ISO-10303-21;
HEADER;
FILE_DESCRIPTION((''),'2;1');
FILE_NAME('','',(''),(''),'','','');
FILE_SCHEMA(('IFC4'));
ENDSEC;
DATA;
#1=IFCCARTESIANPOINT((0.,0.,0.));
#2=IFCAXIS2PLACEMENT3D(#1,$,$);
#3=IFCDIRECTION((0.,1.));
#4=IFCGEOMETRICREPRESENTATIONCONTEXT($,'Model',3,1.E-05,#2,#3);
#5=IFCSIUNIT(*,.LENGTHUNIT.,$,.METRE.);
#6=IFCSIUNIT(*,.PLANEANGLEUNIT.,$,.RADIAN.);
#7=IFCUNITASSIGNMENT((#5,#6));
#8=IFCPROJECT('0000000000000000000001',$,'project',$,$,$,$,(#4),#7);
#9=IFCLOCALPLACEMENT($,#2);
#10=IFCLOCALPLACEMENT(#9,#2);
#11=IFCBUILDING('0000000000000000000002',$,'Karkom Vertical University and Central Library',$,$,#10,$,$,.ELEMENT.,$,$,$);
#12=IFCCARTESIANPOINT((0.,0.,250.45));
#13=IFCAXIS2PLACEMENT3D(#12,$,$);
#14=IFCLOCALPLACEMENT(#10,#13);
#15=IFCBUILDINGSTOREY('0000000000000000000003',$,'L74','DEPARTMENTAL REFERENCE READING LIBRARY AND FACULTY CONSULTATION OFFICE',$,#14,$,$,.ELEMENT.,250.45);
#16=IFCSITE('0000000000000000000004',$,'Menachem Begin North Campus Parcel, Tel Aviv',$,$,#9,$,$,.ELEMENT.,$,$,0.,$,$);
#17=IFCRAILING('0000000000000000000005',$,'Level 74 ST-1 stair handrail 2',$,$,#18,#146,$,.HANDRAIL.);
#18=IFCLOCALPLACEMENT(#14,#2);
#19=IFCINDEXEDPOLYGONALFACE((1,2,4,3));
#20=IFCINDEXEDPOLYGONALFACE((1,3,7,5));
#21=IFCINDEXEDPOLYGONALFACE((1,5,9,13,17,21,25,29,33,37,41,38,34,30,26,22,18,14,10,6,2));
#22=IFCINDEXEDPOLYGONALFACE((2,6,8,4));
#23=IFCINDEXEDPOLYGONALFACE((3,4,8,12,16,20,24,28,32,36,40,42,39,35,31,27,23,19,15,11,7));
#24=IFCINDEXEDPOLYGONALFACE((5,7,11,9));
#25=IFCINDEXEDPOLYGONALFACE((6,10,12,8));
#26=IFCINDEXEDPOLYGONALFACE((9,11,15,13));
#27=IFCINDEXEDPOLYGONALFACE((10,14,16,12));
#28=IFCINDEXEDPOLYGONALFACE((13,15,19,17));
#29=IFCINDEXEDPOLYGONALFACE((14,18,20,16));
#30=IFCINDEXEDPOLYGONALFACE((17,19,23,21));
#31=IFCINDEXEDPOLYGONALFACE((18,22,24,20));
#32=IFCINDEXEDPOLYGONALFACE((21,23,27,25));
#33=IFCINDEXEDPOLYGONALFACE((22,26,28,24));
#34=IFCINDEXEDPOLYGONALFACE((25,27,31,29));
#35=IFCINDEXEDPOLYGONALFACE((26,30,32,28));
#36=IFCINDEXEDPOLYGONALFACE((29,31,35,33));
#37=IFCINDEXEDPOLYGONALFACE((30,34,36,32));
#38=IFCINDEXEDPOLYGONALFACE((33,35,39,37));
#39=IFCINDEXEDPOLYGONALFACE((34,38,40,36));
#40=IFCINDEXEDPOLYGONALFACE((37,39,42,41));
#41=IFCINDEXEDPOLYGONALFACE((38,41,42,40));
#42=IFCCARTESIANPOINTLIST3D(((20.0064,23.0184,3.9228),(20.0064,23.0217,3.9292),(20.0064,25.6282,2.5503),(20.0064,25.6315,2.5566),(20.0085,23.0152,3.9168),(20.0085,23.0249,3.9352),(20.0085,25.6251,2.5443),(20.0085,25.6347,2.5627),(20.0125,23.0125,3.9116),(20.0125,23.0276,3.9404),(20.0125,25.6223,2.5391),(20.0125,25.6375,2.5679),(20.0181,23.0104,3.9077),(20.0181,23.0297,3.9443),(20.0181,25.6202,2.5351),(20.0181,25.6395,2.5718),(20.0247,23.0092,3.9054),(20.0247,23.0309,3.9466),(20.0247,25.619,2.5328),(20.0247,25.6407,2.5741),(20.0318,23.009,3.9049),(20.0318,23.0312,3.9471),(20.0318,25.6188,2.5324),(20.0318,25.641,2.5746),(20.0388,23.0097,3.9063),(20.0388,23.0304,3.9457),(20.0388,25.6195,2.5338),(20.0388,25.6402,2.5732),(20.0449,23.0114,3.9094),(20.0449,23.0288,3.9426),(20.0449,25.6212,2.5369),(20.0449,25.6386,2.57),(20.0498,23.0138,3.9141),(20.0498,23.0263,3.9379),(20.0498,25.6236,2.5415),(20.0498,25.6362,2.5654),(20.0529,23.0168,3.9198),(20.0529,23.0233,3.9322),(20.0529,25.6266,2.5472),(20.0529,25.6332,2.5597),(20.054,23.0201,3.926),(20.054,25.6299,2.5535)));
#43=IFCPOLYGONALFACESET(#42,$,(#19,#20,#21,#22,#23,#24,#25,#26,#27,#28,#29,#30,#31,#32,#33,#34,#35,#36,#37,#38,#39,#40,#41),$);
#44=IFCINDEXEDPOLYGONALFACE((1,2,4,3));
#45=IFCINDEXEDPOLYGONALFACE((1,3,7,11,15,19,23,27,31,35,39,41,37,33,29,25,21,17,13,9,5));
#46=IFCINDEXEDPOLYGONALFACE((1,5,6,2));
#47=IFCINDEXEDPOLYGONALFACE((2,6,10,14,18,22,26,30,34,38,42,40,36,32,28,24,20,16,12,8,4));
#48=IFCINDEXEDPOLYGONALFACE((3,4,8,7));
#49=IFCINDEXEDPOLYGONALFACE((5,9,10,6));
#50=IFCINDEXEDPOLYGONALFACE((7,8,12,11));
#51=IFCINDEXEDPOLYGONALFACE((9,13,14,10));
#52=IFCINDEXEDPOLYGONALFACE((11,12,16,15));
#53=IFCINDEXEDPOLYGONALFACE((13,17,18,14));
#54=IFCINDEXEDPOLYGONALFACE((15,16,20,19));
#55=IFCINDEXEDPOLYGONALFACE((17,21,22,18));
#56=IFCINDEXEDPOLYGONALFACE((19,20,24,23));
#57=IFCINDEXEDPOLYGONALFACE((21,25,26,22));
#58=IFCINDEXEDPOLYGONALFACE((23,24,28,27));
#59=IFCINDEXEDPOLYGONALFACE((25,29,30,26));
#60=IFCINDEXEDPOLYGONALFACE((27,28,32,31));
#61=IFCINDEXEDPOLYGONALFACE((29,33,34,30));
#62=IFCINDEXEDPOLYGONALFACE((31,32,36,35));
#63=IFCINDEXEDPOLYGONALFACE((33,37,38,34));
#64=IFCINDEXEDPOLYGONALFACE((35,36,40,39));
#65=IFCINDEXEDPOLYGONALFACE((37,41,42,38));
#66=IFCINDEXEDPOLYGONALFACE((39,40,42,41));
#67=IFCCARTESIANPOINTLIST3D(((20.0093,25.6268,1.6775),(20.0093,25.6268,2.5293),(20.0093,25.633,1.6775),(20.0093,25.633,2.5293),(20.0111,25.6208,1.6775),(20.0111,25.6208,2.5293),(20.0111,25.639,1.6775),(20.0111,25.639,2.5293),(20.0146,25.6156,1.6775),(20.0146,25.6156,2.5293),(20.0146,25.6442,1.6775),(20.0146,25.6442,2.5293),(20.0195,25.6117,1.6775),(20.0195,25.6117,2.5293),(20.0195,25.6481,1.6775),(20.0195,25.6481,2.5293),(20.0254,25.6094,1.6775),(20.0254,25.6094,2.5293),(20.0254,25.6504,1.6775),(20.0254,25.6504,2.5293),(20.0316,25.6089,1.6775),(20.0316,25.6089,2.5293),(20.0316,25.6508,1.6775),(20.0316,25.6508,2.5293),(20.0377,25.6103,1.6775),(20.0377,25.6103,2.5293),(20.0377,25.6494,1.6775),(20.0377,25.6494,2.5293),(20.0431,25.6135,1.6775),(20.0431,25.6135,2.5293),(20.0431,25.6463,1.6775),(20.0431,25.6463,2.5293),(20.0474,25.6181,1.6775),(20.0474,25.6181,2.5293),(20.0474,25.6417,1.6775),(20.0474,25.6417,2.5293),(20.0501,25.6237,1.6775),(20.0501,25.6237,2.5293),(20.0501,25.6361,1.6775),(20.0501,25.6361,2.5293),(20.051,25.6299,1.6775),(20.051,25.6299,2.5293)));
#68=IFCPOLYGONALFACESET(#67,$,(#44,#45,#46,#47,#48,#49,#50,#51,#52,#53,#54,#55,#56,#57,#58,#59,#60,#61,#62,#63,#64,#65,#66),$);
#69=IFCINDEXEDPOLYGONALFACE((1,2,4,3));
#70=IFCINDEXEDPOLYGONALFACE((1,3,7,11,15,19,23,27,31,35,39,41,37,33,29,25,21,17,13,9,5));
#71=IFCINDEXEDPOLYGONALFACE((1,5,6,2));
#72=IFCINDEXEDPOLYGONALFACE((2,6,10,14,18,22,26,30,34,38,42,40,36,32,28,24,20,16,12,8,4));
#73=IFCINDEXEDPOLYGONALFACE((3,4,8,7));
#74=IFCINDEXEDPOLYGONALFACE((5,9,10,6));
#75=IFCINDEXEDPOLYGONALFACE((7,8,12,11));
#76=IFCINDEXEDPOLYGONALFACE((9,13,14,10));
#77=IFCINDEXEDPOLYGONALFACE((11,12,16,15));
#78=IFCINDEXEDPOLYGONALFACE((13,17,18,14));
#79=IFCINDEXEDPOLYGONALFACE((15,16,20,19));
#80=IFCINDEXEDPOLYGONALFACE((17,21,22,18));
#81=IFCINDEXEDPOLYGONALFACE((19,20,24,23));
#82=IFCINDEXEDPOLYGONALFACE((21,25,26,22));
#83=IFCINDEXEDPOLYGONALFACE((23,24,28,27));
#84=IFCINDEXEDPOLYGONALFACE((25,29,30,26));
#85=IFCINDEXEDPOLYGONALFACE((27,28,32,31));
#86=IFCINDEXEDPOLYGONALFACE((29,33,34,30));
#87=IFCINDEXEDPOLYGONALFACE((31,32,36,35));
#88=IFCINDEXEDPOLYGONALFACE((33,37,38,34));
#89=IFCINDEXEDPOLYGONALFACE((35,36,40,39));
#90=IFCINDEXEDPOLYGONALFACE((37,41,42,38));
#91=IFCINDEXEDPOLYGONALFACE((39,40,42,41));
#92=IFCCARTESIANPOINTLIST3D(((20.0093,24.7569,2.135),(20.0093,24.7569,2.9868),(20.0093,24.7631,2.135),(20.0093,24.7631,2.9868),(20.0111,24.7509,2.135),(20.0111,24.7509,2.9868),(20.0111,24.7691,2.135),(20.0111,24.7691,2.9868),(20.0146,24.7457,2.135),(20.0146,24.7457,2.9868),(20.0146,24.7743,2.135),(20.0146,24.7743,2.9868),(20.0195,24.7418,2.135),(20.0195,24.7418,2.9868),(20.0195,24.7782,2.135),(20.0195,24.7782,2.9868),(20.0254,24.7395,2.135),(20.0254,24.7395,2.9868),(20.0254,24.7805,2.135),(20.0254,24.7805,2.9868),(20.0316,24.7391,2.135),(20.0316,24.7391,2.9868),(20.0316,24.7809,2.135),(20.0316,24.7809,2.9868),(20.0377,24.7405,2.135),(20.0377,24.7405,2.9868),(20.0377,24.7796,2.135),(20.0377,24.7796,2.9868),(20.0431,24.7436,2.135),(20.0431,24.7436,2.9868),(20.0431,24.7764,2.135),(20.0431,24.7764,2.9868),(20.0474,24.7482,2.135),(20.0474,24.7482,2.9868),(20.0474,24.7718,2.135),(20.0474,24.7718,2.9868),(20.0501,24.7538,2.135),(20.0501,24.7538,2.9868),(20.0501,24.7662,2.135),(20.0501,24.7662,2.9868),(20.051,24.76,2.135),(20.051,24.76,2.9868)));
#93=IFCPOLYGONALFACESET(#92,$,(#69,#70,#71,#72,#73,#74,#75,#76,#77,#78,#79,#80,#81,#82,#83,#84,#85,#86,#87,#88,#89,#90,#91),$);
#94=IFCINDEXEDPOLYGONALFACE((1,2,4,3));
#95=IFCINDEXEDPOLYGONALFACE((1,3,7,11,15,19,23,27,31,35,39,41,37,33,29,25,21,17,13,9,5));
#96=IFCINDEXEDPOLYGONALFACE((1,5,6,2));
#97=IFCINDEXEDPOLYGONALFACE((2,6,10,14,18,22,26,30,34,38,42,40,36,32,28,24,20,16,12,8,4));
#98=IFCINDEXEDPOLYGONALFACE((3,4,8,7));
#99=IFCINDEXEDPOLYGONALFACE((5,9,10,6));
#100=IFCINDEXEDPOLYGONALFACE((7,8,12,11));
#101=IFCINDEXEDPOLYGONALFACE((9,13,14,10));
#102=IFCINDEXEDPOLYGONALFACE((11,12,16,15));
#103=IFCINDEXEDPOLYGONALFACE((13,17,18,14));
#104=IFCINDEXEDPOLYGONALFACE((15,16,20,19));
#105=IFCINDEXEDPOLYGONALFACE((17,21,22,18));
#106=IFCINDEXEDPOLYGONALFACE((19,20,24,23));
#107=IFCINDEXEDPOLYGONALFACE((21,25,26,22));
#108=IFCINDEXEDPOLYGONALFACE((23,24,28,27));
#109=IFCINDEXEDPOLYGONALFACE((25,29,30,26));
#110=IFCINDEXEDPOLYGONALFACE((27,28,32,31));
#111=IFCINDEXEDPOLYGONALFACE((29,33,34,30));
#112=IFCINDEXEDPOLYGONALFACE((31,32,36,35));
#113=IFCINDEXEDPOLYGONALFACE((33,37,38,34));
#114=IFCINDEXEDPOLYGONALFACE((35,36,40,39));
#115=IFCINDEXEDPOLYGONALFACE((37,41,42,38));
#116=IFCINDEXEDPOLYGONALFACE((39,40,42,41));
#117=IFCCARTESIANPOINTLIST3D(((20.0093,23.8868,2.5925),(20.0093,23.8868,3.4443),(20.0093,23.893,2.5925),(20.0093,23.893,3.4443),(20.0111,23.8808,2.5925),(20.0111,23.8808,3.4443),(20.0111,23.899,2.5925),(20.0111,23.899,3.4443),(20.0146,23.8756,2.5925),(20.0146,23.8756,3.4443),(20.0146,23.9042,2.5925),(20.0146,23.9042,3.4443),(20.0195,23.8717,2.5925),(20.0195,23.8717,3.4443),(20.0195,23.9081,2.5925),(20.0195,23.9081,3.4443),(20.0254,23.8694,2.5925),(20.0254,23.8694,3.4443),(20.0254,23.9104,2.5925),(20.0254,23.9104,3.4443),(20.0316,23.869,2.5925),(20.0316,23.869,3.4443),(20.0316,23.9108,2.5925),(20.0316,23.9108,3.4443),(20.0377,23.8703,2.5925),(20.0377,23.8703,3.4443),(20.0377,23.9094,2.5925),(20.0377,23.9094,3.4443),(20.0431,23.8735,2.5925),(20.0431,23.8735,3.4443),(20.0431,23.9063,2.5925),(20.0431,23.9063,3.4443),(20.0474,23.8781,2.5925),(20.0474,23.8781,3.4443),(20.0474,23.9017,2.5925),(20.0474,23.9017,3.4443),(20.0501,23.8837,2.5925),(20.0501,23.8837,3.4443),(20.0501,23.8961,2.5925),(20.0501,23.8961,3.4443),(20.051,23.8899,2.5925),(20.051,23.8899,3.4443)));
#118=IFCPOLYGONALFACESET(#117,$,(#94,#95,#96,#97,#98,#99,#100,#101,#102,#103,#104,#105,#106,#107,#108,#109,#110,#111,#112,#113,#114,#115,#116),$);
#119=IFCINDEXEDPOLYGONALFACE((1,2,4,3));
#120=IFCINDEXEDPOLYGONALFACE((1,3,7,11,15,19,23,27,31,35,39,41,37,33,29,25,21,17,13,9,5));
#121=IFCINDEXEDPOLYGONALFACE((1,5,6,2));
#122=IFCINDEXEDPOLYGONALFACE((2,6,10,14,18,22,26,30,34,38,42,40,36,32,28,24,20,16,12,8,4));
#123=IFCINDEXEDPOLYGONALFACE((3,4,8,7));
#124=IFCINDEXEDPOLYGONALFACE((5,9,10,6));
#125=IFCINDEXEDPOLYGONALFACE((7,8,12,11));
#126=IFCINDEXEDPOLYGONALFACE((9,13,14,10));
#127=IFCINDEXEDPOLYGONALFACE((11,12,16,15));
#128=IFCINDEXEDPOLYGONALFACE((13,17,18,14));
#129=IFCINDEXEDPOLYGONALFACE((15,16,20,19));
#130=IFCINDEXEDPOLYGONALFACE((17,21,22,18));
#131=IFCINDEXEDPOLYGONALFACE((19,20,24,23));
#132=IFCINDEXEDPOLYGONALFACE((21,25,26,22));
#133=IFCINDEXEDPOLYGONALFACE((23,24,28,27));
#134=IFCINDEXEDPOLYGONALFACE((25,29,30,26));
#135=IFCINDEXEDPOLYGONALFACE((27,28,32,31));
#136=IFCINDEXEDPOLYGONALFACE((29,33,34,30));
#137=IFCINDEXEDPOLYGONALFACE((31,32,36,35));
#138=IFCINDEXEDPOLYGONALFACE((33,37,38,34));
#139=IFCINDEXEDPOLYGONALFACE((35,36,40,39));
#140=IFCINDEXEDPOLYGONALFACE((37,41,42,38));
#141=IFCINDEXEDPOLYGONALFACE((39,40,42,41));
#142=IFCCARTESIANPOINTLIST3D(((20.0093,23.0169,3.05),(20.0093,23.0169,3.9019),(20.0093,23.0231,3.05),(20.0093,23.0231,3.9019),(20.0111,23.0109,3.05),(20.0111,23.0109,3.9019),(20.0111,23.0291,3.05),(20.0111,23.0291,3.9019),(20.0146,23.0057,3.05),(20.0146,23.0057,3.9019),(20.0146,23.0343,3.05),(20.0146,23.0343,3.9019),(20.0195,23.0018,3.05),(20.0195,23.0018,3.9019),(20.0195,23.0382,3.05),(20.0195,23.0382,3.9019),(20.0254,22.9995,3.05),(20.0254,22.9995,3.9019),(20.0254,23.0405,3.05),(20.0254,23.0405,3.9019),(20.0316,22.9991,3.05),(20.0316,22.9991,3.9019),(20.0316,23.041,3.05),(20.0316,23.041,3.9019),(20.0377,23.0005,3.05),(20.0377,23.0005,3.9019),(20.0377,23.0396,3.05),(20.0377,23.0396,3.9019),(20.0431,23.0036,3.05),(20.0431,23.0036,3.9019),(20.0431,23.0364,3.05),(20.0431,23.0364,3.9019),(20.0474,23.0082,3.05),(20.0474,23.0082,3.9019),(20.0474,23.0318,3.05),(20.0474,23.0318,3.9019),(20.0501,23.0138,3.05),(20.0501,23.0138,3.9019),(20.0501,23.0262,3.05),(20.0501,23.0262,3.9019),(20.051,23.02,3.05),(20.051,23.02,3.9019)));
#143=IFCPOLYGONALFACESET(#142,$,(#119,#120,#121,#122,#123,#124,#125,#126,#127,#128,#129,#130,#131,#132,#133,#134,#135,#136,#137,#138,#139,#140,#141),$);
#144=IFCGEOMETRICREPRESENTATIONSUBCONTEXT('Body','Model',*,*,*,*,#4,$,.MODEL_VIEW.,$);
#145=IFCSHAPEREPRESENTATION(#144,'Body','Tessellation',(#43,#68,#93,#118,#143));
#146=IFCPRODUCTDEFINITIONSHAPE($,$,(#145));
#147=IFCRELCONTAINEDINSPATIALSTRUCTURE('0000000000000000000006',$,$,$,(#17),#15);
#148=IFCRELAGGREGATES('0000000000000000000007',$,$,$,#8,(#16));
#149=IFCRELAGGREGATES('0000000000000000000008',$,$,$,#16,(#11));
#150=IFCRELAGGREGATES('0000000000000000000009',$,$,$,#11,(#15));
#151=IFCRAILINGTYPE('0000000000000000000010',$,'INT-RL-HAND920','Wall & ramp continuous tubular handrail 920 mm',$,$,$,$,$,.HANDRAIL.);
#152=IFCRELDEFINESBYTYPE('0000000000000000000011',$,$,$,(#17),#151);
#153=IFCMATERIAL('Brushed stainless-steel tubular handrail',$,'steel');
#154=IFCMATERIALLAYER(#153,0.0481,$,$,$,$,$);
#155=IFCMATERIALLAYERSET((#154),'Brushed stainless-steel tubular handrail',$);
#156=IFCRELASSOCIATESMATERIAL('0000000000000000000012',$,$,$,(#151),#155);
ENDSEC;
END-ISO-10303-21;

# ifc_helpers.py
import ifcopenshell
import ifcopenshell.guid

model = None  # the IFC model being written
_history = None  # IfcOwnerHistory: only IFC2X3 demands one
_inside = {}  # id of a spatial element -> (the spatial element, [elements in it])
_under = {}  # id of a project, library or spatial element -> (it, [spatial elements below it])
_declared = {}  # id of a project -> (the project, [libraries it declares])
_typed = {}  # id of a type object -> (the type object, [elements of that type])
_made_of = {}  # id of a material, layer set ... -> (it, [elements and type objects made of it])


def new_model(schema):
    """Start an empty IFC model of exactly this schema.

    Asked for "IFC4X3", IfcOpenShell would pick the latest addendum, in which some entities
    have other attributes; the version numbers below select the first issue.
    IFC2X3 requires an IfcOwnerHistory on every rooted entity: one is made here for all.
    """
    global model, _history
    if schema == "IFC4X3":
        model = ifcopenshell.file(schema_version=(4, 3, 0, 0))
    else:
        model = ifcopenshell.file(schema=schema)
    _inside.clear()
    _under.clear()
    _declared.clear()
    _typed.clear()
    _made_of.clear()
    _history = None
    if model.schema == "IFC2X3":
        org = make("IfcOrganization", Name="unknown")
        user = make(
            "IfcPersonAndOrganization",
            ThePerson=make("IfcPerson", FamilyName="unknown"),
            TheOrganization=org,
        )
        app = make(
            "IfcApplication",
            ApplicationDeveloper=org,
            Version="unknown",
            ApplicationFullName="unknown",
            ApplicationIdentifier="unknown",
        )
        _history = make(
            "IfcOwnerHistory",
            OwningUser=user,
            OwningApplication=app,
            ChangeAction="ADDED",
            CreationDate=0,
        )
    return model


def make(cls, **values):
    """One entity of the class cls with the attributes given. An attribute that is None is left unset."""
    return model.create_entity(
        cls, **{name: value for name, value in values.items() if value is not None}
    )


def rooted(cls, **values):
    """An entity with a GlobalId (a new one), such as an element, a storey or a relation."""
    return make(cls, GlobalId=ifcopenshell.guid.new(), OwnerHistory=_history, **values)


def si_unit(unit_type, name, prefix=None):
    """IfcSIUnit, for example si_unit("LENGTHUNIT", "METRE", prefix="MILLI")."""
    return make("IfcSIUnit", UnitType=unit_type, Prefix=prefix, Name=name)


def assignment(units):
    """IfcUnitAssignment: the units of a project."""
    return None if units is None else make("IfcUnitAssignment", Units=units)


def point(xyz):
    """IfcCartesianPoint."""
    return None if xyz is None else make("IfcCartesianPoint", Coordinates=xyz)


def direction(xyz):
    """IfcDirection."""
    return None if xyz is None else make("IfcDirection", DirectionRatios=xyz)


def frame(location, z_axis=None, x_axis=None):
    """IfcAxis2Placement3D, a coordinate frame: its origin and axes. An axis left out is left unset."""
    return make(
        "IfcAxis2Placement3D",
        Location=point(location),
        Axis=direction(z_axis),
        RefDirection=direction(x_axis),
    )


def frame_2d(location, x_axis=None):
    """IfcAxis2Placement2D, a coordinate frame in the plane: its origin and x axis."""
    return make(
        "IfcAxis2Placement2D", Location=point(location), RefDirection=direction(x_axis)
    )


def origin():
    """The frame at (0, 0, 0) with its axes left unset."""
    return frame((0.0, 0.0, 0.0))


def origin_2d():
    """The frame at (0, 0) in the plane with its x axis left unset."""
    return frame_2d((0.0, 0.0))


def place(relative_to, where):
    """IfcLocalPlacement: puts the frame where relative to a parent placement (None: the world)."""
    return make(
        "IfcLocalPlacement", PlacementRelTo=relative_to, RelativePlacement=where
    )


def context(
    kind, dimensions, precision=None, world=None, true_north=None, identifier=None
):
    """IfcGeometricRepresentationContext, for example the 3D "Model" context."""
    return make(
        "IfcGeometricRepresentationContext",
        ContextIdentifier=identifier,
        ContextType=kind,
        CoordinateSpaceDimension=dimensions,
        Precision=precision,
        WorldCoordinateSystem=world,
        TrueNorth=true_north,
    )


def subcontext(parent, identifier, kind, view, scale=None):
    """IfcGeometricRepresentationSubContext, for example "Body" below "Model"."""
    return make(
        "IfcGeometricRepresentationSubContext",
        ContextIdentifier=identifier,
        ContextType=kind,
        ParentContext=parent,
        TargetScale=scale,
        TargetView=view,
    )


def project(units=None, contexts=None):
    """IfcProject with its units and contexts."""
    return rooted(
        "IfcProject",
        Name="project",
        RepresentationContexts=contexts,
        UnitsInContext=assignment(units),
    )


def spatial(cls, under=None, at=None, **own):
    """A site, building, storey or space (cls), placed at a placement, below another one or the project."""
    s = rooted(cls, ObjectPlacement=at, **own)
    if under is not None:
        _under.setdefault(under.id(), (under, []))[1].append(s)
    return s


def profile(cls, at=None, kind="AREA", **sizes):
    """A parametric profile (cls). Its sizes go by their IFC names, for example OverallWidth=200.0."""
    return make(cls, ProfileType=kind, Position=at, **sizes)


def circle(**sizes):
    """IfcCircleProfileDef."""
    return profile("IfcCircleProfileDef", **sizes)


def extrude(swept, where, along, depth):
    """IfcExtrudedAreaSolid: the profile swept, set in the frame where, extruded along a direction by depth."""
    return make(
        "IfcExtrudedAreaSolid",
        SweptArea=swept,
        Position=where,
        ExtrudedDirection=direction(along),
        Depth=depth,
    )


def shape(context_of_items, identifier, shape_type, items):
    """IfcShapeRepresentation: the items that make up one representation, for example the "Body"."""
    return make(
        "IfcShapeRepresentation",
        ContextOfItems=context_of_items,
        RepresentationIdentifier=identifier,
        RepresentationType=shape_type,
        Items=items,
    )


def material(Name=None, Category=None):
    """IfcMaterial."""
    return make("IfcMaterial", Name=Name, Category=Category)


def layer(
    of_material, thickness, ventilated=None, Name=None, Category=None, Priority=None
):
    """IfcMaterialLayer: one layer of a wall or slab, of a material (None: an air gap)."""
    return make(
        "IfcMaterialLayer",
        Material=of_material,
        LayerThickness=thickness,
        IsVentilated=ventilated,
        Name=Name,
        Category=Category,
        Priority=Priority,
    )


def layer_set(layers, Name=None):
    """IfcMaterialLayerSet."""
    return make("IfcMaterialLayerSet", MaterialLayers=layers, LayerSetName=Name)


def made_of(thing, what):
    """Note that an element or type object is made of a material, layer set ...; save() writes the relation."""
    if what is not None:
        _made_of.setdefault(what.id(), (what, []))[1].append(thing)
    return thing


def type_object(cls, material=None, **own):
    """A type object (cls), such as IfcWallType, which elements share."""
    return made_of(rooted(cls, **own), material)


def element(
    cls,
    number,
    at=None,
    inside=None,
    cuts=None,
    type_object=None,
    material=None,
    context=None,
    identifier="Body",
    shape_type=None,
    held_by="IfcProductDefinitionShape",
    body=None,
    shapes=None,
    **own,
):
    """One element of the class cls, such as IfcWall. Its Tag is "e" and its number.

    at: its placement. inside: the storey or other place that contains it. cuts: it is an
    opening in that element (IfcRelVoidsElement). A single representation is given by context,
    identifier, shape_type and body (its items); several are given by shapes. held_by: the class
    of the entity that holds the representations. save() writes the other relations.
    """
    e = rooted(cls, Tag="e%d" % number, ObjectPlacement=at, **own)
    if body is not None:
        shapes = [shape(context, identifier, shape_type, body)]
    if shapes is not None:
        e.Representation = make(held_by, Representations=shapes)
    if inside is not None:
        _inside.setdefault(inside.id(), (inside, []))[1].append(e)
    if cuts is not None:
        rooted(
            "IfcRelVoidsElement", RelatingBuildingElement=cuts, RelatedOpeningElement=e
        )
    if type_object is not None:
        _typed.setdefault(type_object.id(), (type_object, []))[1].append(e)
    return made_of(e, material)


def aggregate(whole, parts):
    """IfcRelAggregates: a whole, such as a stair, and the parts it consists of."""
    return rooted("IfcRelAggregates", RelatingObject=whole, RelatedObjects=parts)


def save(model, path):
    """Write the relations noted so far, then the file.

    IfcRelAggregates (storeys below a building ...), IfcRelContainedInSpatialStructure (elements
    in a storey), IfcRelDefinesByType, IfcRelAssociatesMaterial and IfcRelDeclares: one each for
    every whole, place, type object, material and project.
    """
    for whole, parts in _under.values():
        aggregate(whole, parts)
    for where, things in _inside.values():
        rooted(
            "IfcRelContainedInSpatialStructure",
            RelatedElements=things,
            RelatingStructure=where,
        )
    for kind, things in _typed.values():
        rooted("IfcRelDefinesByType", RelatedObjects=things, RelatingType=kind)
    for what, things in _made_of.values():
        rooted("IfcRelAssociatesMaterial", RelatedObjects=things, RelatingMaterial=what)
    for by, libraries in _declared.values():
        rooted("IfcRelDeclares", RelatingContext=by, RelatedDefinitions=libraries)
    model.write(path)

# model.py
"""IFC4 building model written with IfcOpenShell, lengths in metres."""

from ifc_helpers import new_model, si_unit, direction, frame, origin, origin_2d, place, context, subcontext, project, spatial, circle, extrude, material, layer, layer_set, type_object, element, save


model = new_model("IFC4")

# Units and contexts
model_context = context("Model", 3, precision=1e-05, world=origin(), true_north=direction((0.0, 1.0)))
body_context = subcontext(model_context, "Body", "Model", "MODEL_VIEW")
ifc_project = project(units=[si_unit("LENGTHUNIT", "METRE"), si_unit("PLANEANGLEUNIT", "RADIAN")], contexts=[model_context])

# Site, building, storey
site_placement = place(None, origin())
site = spatial("IfcSite", under=ifc_project, at=site_placement, Name="Menachem Begin North Campus Parcel, Tel Aviv", CompositionType="ELEMENT", RefElevation=0.0)
building_placement = place(site_placement, origin())
building = spatial("IfcBuilding", under=site, at=building_placement, Name="Karkom Vertical University and Central Library", CompositionType="ELEMENT")
storey_placement = place(building_placement, frame((0.0, 0.0, 250.45)))
storey = spatial("IfcBuildingStorey", under=building, at=storey_placement, Name="L74", Description="DEPARTMENTAL REFERENCE READING LIBRARY AND FACULTY CONSULTATION OFFICE", CompositionType="ELEMENT", Elevation=250.45)

# Railing
ifc_material_1 = material(Name="Brushed stainless-steel tubular handrail", Category="steel")
ifc_layer_1 = layer(ifc_material_1, 0.0481)
ifc_layer_set_1 = layer_set([ifc_layer_1], Name="Brushed stainless-steel tubular handrail")
railing_type_1 = type_object("IfcRailingType", Name="INT-RL-HAND920", Description="Wall & ramp continuous tubular handrail 920 mm", PredefinedType="HANDRAIL", material=ifc_layer_set_1)
railing_1_placement = place(storey_placement, frame((20.03, 25.6299, 1.6775)))
element("IfcRailing", 1, at=railing_1_placement, inside=storey, type_object=railing_type_1, Name="Level 74 ST-1 stair handrail 2", PredefinedType="HANDRAIL", context=body_context, shape_type="SweptSolid", body=[
    extrude(circle(Radius=0.0239, at=origin_2d()), frame((0.0, 0.0, 0.876), z_axis=(0.0, -0.885065, 0.465467), x_axis=(1.0, 0.0, 0.0)), (0.0, 0.0, 1.0), 2.9487),
    extrude(circle(Radius=0.021, at=origin_2d()), origin(), (0.0, 0.0, 1.0), 0.8518),
    extrude(circle(Radius=0.021, at=origin_2d()), frame((0.0, -0.8699, 0.4575)), (0.0, 0.0, 1.0), 0.8518),
    extrude(circle(Radius=0.021, at=origin_2d()), frame((0.0, -1.74, 0.915)), (0.0, 0.0, 1.0), 0.8518),
    extrude(circle(Radius=0.021, at=origin_2d()), frame((0.0, -2.6099, 1.3726)), (0.0, 0.0, 1.0), 0.8518),
])

save(model, "model.ifc")
